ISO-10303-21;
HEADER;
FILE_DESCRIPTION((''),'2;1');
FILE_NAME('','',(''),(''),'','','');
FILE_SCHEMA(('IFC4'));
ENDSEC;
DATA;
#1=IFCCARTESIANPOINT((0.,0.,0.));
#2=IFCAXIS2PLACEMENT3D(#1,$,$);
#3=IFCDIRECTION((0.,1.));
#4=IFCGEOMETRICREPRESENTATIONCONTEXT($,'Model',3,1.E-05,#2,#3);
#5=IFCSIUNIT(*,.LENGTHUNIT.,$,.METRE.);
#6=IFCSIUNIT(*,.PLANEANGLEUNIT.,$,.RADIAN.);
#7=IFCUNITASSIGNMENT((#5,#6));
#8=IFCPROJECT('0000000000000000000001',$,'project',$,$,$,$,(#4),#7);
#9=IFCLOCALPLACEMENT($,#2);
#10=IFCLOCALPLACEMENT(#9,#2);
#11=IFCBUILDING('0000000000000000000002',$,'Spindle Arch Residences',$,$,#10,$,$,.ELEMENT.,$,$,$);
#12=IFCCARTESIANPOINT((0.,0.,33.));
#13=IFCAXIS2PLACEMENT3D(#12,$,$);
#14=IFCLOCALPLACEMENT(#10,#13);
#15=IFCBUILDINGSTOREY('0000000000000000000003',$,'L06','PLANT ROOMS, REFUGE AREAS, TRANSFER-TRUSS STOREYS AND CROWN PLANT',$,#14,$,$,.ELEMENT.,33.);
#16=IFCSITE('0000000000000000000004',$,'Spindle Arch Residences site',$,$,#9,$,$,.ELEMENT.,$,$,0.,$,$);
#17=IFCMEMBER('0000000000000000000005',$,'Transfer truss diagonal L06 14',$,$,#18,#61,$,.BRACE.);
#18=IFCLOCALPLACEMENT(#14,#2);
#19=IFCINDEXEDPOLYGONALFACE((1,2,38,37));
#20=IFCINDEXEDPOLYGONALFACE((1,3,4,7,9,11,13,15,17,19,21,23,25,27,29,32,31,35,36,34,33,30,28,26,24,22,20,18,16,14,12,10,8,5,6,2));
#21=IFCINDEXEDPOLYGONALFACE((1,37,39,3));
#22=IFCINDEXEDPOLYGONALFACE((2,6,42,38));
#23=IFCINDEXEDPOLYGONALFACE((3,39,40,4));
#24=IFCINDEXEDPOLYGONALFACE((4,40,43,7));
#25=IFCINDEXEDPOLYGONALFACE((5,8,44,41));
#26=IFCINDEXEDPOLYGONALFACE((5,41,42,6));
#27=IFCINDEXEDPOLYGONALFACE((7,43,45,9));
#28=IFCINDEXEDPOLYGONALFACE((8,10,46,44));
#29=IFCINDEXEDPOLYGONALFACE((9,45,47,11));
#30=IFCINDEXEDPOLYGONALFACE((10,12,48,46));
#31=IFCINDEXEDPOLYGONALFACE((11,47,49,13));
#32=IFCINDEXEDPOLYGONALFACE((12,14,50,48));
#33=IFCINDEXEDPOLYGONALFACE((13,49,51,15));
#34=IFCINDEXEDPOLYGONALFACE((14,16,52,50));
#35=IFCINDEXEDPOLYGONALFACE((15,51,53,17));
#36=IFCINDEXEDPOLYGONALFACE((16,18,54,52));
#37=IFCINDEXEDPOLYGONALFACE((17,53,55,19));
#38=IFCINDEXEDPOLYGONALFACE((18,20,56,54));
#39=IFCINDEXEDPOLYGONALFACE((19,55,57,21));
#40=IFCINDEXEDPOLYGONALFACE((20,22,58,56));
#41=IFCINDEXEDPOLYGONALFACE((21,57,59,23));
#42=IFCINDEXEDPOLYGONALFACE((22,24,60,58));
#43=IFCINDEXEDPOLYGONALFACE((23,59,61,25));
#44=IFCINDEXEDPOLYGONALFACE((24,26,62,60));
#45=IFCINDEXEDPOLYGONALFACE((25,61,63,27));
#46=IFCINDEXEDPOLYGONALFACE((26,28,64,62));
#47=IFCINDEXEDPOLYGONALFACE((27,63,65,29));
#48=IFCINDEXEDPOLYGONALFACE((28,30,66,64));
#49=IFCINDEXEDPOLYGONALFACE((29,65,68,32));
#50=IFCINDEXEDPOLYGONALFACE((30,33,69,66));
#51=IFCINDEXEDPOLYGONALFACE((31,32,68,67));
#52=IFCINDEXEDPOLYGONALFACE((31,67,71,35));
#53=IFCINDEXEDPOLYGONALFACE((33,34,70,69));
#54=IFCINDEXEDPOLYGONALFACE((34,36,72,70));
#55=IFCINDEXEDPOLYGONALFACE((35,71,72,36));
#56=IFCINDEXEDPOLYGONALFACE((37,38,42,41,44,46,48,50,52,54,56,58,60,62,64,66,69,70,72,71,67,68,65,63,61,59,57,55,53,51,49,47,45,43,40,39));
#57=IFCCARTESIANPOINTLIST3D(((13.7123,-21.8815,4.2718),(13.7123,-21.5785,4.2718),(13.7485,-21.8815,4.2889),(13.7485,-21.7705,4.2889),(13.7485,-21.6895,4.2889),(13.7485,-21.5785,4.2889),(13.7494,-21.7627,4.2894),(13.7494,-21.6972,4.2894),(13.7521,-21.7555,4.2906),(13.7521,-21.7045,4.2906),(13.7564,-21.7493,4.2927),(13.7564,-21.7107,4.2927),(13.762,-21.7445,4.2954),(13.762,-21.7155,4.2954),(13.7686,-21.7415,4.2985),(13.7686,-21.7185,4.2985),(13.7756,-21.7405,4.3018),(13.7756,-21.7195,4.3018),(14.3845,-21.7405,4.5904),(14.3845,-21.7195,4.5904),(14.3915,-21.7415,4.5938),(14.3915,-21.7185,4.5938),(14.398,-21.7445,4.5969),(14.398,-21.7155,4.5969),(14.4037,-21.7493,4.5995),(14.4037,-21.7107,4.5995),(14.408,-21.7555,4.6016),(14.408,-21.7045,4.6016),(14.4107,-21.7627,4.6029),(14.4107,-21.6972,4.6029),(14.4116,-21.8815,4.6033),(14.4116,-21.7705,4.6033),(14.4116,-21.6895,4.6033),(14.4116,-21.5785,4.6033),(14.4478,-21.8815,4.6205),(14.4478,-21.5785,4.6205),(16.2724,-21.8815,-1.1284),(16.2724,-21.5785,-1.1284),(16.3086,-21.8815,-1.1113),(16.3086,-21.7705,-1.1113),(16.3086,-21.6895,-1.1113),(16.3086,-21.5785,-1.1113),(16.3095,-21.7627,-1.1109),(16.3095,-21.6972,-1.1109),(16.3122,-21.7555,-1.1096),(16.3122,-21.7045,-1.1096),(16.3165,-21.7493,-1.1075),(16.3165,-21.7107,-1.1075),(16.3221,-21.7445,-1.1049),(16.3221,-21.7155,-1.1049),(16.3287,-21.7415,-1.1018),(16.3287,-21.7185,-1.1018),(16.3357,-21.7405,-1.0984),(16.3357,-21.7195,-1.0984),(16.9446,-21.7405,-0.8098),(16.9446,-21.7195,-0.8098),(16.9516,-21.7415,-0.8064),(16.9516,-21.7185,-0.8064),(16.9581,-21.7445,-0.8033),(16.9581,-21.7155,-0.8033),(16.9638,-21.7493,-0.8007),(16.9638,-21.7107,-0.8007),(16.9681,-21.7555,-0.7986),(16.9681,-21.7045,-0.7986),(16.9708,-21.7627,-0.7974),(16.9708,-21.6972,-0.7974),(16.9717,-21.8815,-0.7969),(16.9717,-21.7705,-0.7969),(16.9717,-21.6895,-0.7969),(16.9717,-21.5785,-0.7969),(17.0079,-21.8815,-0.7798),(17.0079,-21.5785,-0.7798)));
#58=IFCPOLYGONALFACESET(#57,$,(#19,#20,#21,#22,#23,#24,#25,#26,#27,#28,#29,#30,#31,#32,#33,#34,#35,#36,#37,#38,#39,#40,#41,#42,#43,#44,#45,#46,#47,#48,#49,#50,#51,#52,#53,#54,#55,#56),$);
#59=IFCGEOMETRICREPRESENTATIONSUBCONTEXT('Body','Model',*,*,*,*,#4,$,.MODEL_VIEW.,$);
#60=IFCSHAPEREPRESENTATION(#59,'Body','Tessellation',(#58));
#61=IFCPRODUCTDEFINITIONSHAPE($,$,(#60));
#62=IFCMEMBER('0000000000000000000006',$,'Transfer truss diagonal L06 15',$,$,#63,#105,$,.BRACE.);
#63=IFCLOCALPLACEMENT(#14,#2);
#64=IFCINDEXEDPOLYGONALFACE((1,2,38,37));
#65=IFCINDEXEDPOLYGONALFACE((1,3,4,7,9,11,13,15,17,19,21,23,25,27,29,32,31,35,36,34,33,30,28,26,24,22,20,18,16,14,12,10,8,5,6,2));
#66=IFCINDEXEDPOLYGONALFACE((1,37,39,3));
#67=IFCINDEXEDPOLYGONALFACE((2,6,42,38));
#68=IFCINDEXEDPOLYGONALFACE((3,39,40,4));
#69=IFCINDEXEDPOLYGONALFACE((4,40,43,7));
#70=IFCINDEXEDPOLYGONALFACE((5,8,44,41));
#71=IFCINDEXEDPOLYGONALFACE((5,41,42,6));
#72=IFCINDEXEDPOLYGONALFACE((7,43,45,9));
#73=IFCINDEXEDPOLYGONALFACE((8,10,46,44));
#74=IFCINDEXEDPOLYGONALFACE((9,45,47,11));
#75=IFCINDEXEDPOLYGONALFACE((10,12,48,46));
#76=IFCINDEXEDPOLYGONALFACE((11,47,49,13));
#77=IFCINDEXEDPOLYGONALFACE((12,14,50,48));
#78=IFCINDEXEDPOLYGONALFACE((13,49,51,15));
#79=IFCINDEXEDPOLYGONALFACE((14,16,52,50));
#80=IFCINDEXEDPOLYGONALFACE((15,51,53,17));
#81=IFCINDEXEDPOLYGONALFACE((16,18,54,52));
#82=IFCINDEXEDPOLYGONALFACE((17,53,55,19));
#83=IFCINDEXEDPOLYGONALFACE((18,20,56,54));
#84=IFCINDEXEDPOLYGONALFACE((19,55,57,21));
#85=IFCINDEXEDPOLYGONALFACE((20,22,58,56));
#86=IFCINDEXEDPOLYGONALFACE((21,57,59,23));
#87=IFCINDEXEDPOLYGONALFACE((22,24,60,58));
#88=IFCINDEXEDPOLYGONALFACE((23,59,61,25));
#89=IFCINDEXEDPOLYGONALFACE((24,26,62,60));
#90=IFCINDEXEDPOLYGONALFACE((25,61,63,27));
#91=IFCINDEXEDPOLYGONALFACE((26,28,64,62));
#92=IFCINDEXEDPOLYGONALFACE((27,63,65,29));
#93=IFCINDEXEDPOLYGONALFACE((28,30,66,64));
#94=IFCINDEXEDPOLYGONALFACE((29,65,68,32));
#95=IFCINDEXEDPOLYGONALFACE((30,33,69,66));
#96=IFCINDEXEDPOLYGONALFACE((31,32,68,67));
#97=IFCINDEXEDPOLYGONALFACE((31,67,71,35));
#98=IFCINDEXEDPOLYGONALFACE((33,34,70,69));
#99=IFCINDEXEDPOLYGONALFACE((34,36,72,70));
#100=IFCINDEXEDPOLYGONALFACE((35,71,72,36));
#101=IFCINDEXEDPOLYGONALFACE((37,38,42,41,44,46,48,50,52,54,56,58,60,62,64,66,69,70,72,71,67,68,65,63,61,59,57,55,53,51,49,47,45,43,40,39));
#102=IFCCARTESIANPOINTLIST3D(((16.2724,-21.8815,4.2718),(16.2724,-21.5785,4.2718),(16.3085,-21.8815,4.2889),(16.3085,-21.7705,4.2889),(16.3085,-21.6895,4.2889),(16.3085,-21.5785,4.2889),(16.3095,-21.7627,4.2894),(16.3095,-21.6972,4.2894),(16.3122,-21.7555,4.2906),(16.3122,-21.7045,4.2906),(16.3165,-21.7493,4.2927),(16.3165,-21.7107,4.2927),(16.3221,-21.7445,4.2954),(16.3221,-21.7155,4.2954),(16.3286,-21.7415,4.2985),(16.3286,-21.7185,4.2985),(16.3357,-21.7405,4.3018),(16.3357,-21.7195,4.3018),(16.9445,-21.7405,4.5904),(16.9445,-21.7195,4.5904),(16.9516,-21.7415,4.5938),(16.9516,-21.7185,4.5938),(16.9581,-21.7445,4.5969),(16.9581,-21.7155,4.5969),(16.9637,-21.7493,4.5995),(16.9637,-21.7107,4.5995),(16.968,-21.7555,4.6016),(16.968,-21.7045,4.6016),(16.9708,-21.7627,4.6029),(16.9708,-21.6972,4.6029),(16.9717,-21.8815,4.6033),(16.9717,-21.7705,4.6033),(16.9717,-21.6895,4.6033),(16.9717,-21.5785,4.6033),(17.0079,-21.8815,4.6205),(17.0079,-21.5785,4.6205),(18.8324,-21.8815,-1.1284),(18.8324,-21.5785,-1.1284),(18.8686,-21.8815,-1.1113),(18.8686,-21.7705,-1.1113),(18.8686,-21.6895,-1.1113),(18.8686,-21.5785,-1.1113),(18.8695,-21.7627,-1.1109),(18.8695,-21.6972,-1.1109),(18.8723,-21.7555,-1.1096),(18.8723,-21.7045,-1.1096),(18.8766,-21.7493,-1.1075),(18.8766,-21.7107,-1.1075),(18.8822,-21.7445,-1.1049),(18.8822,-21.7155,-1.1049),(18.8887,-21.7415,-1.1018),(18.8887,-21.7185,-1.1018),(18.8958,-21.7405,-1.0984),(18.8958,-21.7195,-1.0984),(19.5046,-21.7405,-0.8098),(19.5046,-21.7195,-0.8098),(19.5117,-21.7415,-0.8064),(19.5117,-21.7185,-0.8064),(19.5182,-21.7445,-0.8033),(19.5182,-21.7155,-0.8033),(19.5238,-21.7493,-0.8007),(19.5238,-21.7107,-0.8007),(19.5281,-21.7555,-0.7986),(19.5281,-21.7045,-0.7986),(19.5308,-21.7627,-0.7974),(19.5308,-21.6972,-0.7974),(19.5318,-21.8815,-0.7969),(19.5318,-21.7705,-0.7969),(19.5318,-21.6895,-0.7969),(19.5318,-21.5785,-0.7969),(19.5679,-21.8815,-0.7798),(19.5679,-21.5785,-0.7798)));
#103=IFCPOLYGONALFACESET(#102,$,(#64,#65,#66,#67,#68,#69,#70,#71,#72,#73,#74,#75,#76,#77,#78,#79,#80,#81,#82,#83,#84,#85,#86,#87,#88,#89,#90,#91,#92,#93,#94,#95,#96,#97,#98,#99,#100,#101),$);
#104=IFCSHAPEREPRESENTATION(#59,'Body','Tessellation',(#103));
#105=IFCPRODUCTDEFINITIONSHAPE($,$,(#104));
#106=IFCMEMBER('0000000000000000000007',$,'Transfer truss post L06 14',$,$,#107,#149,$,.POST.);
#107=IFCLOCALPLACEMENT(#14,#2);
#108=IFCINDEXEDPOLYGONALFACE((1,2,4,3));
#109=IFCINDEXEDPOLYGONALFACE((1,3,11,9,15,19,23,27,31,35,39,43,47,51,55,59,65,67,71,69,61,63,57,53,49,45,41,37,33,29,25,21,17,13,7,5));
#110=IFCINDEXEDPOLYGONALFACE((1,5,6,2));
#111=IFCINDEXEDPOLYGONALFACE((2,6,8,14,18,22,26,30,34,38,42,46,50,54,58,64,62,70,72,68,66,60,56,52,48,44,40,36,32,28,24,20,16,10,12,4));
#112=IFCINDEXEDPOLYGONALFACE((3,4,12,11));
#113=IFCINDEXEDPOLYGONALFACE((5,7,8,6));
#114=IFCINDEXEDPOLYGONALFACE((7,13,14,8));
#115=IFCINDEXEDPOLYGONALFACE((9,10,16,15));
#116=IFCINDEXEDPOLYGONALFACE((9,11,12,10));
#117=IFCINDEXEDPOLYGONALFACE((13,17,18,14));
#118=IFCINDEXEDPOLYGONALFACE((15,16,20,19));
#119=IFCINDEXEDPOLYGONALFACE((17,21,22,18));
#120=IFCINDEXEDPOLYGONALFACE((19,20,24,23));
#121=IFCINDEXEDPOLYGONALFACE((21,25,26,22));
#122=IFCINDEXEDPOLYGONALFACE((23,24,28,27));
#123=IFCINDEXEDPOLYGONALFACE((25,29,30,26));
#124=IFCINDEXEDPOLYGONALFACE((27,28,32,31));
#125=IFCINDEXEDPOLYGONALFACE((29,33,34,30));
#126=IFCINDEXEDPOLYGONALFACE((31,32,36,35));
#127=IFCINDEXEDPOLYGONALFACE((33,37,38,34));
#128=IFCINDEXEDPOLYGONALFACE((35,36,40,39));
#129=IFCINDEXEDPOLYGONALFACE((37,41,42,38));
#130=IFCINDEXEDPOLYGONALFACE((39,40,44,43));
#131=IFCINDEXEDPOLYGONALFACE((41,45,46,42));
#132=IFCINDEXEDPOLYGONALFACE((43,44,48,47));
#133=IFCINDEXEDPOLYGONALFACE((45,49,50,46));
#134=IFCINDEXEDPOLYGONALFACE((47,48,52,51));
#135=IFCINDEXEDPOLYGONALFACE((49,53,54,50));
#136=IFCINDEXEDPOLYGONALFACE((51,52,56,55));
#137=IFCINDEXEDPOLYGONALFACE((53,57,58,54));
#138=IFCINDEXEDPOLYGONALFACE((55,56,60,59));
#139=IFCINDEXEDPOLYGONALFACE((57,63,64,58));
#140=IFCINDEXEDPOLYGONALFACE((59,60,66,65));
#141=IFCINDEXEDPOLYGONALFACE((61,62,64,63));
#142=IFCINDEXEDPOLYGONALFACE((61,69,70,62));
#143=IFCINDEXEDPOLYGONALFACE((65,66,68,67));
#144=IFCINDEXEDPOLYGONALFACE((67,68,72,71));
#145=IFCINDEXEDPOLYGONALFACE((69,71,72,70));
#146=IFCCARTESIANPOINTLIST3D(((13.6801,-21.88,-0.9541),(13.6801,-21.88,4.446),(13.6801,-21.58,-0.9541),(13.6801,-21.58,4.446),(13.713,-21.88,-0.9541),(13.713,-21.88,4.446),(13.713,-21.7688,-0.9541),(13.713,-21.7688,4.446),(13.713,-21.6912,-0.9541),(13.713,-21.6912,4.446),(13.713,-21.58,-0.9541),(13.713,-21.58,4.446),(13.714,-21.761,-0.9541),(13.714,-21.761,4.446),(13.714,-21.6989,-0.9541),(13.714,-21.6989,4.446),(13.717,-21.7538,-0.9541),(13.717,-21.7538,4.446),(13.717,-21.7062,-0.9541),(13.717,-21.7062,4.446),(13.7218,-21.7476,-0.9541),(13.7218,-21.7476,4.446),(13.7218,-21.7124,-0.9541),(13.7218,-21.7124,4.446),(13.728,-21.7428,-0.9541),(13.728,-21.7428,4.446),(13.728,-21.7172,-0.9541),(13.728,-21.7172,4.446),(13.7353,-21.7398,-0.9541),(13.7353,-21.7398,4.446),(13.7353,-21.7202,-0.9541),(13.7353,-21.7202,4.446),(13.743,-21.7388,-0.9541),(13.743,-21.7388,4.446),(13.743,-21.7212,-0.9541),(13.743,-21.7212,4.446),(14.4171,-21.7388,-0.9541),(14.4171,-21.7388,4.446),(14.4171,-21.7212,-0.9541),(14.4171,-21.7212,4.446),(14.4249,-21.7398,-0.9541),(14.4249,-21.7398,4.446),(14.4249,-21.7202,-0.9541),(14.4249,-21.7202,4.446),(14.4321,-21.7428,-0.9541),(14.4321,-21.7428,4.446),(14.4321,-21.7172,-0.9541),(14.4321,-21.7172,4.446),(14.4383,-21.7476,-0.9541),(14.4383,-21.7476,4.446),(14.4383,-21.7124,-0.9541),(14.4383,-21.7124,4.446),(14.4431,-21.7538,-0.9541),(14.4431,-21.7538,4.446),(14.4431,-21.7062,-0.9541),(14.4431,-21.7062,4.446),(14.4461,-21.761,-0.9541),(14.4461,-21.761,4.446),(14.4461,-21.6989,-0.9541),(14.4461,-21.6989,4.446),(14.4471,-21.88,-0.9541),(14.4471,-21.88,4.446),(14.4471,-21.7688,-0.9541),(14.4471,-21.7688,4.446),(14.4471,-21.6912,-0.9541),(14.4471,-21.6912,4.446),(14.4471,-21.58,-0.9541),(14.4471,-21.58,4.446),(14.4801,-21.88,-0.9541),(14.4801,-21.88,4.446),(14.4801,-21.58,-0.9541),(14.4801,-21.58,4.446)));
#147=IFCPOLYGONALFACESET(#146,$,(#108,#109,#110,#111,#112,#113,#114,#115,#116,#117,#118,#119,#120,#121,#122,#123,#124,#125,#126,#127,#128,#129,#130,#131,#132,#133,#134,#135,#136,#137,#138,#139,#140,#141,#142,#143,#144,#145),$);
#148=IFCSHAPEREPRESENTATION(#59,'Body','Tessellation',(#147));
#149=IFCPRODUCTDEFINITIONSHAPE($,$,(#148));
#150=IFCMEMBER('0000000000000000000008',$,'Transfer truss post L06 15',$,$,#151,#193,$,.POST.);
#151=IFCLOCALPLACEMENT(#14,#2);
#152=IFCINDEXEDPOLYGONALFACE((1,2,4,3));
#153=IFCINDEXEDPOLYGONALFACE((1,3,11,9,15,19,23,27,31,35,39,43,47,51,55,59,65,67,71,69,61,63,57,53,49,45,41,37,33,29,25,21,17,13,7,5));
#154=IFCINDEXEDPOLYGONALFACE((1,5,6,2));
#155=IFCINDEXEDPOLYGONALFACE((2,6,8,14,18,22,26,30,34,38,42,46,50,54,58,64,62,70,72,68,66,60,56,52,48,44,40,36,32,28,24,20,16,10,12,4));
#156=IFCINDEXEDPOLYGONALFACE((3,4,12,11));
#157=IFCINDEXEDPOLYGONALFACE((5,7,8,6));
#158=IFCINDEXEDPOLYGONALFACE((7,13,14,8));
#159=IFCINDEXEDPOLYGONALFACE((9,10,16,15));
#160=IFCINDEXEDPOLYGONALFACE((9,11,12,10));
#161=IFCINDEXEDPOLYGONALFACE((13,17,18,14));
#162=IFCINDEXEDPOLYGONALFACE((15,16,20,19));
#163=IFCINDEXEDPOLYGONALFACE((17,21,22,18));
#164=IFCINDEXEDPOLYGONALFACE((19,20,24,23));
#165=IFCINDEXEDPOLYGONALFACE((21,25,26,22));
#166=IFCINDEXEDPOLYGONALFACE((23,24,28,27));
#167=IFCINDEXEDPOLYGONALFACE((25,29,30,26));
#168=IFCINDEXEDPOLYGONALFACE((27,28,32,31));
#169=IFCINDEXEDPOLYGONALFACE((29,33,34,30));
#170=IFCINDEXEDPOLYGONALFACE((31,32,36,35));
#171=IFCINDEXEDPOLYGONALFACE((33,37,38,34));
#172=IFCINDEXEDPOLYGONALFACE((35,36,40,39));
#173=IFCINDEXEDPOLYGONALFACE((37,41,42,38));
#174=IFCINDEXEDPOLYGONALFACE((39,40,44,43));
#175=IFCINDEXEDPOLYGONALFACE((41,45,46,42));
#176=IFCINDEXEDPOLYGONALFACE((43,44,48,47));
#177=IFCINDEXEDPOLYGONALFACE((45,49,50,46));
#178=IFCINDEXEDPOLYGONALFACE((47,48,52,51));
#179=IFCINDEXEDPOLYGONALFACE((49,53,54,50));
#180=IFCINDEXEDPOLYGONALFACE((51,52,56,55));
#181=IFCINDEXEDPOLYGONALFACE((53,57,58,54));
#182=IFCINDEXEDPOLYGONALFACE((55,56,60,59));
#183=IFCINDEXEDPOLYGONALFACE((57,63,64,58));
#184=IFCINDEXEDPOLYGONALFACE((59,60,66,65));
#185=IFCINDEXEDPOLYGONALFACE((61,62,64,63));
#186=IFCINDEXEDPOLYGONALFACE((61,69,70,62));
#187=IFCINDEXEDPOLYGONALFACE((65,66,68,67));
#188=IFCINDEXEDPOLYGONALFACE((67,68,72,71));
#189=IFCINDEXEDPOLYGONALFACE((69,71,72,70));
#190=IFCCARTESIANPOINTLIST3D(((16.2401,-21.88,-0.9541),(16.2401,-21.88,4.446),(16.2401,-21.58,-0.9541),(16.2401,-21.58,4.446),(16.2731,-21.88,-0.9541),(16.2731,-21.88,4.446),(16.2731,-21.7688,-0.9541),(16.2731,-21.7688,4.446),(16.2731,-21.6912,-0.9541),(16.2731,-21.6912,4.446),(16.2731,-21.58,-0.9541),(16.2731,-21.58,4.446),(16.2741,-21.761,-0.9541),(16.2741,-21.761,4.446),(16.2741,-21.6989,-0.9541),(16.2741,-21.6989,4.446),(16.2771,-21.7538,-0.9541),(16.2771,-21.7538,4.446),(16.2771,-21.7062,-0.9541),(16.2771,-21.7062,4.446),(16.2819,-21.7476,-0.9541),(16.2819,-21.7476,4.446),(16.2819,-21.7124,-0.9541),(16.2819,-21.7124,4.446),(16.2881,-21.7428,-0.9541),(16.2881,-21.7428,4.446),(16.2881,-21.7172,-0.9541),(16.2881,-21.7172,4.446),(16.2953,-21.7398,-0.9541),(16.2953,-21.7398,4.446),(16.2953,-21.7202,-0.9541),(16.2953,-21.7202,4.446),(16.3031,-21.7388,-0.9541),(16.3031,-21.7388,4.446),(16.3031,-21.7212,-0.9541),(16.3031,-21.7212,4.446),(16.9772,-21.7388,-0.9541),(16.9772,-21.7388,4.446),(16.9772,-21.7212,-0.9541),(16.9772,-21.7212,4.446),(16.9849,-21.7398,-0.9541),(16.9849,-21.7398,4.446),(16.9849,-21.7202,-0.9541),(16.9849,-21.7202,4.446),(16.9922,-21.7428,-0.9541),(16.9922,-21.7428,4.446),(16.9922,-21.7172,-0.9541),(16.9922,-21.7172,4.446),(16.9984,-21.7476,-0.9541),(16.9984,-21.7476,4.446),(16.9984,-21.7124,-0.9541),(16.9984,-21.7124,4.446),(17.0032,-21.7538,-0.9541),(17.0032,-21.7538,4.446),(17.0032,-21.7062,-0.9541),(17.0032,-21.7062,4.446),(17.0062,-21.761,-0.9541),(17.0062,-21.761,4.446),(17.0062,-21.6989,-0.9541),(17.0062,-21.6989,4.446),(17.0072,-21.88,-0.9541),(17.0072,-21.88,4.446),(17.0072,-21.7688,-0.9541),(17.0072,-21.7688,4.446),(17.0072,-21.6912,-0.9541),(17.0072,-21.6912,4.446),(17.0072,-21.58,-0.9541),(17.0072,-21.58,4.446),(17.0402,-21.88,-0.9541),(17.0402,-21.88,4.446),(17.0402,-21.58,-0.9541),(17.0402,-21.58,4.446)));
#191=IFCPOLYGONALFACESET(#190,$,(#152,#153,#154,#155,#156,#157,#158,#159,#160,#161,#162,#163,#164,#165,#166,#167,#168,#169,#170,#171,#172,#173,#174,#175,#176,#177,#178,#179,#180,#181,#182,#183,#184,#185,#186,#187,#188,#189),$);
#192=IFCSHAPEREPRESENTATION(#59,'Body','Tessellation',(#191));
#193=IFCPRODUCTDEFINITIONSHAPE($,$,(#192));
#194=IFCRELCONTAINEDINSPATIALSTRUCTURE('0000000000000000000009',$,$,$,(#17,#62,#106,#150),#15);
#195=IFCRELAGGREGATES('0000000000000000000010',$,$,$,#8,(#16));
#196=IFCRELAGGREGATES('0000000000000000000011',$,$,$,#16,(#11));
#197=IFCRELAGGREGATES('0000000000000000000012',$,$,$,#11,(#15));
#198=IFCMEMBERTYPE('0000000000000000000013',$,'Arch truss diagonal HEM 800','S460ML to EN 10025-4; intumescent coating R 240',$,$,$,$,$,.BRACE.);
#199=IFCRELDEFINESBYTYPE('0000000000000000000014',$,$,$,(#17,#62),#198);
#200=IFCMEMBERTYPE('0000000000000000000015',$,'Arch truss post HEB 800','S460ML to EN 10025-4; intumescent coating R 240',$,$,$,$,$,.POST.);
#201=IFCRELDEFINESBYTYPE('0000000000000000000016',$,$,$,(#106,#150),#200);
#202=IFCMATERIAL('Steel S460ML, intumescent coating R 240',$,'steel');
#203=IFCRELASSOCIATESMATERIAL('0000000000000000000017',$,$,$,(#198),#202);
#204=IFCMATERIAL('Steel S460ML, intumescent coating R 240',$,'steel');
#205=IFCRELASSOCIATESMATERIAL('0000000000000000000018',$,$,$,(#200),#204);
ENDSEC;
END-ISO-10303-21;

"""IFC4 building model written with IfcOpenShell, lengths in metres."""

from ifc_helpers import new_model, si_unit, direction, frame, origin, origin_2d, place, context, subcontext, project, spatial, i_section, extrude, material, material_profile, profile_set, type_object, element, save


model = new_model("IFC4")

# Units and contexts
model_context = context("Model", 3, precision=1e-05, world=origin(), true_north=direction((0.0, 1.0)))
body_context = subcontext(model_context, "Body", "Model", "MODEL_VIEW")
ifc_project = project(units=[si_unit("LENGTHUNIT", "METRE"), si_unit("PLANEANGLEUNIT", "RADIAN")], contexts=[model_context])

# Site, building, storey
site_placement = place(None, origin())
site = spatial("IfcSite", under=ifc_project, at=site_placement, Name="Spindle Arch Residences site", CompositionType="ELEMENT", RefElevation=0.0)
building_placement = place(site_placement, origin())
building = spatial("IfcBuilding", under=site, at=building_placement, Name="Spindle Arch Residences", CompositionType="ELEMENT")
storey_placement = place(building_placement, frame((0.0, 0.0, 33.0)))
storey = spatial("IfcBuildingStorey", under=building, at=storey_placement, Name="L06", Description="PLANT ROOMS, REFUGE AREAS, TRANSFER-TRUSS STOREYS AND CROWN PLANT", CompositionType="ELEMENT", Elevation=33.0)

# Members
ifc_material_1 = material(Name="Steel S460ML, intumescent coating R 240", Category="steel")
ifc_material_profile_1 = material_profile(ifc_material_1, i_section(OverallWidth=0.303, OverallDepth=0.814, WebThickness=0.021, FlangeThickness=0.04, FilletRadius=0.03, at=origin_2d()), Name="HEM 800")
ifc_profile_set_1 = profile_set([ifc_material_profile_1], Name="Steel S460ML, intumescent coating R 240")
member_type_1 = type_object("IfcMemberType", Name="Arch truss diagonal HEM 800", Description="S460ML to EN 10025-4; intumescent coating R 240", PredefinedType="BRACE", material=ifc_profile_set_1)
for number, where, z_axis, x_axis, name in (
    (1, (16.6401, -21.73, -0.9541), (-0.428373, 0.0, 0.903602), (0.0, -1.0, 0.0), "Transfer truss diagonal L06 14"),
    (2, (19.2002, -21.73, -0.9541), (-0.428373, 0.0, 0.903602), (0.0, -1.0, 0.0), "Transfer truss diagonal L06 15"),
):
    element("IfcMember", number, at=place(storey_placement, frame(where, z_axis=z_axis, x_axis=x_axis)), inside=storey, type_object=member_type_1, Name=name, PredefinedType="BRACE", context=body_context, shape_type="SweptSolid", body=[
        extrude(i_section(OverallWidth=0.303, OverallDepth=0.814, WebThickness=0.021, FlangeThickness=0.04, FilletRadius=0.03, at=origin_2d()), origin(), (0.0, 0.0, 1.0), 5.9763),
    ])
ifc_material_2 = material(Name="Steel S460ML, intumescent coating R 240", Category="steel")
ifc_material_profile_2 = material_profile(ifc_material_2, i_section(OverallWidth=0.3, OverallDepth=0.8, WebThickness=0.0176, FlangeThickness=0.033, FilletRadius=0.03, at=origin_2d()), Name="HEB 800")
ifc_profile_set_2 = profile_set([ifc_material_profile_2], Name="Steel S460ML, intumescent coating R 240")
member_type_2 = type_object("IfcMemberType", Name="Arch truss post HEB 800", Description="S460ML to EN 10025-4; intumescent coating R 240", PredefinedType="POST", material=ifc_profile_set_2)
for number, where, z_axis, x_axis, name in (
    (3, (14.0801, -21.73, -0.9541), (0.0, 0.0, 1.0), (0.0, 1.0, 0.0), "Transfer truss post L06 14"),
    (4, (16.6401, -21.73, -0.9541), (0.0, 0.0, 1.0), (0.0, 1.0, 0.0), "Transfer truss post L06 15"),
):
    element("IfcMember", number, at=place(storey_placement, frame(where, z_axis=z_axis, x_axis=x_axis)), inside=storey, type_object=member_type_2, Name=name, PredefinedType="POST", context=body_context, shape_type="SweptSolid", body=[
        extrude(i_section(OverallWidth=0.3, OverallDepth=0.8, WebThickness=0.0176, FlangeThickness=0.033, FilletRadius=0.03, at=origin_2d()), origin(), (0.0, 0.0, 1.0), 5.4001),
    ])

save(model, "model.ifc")
